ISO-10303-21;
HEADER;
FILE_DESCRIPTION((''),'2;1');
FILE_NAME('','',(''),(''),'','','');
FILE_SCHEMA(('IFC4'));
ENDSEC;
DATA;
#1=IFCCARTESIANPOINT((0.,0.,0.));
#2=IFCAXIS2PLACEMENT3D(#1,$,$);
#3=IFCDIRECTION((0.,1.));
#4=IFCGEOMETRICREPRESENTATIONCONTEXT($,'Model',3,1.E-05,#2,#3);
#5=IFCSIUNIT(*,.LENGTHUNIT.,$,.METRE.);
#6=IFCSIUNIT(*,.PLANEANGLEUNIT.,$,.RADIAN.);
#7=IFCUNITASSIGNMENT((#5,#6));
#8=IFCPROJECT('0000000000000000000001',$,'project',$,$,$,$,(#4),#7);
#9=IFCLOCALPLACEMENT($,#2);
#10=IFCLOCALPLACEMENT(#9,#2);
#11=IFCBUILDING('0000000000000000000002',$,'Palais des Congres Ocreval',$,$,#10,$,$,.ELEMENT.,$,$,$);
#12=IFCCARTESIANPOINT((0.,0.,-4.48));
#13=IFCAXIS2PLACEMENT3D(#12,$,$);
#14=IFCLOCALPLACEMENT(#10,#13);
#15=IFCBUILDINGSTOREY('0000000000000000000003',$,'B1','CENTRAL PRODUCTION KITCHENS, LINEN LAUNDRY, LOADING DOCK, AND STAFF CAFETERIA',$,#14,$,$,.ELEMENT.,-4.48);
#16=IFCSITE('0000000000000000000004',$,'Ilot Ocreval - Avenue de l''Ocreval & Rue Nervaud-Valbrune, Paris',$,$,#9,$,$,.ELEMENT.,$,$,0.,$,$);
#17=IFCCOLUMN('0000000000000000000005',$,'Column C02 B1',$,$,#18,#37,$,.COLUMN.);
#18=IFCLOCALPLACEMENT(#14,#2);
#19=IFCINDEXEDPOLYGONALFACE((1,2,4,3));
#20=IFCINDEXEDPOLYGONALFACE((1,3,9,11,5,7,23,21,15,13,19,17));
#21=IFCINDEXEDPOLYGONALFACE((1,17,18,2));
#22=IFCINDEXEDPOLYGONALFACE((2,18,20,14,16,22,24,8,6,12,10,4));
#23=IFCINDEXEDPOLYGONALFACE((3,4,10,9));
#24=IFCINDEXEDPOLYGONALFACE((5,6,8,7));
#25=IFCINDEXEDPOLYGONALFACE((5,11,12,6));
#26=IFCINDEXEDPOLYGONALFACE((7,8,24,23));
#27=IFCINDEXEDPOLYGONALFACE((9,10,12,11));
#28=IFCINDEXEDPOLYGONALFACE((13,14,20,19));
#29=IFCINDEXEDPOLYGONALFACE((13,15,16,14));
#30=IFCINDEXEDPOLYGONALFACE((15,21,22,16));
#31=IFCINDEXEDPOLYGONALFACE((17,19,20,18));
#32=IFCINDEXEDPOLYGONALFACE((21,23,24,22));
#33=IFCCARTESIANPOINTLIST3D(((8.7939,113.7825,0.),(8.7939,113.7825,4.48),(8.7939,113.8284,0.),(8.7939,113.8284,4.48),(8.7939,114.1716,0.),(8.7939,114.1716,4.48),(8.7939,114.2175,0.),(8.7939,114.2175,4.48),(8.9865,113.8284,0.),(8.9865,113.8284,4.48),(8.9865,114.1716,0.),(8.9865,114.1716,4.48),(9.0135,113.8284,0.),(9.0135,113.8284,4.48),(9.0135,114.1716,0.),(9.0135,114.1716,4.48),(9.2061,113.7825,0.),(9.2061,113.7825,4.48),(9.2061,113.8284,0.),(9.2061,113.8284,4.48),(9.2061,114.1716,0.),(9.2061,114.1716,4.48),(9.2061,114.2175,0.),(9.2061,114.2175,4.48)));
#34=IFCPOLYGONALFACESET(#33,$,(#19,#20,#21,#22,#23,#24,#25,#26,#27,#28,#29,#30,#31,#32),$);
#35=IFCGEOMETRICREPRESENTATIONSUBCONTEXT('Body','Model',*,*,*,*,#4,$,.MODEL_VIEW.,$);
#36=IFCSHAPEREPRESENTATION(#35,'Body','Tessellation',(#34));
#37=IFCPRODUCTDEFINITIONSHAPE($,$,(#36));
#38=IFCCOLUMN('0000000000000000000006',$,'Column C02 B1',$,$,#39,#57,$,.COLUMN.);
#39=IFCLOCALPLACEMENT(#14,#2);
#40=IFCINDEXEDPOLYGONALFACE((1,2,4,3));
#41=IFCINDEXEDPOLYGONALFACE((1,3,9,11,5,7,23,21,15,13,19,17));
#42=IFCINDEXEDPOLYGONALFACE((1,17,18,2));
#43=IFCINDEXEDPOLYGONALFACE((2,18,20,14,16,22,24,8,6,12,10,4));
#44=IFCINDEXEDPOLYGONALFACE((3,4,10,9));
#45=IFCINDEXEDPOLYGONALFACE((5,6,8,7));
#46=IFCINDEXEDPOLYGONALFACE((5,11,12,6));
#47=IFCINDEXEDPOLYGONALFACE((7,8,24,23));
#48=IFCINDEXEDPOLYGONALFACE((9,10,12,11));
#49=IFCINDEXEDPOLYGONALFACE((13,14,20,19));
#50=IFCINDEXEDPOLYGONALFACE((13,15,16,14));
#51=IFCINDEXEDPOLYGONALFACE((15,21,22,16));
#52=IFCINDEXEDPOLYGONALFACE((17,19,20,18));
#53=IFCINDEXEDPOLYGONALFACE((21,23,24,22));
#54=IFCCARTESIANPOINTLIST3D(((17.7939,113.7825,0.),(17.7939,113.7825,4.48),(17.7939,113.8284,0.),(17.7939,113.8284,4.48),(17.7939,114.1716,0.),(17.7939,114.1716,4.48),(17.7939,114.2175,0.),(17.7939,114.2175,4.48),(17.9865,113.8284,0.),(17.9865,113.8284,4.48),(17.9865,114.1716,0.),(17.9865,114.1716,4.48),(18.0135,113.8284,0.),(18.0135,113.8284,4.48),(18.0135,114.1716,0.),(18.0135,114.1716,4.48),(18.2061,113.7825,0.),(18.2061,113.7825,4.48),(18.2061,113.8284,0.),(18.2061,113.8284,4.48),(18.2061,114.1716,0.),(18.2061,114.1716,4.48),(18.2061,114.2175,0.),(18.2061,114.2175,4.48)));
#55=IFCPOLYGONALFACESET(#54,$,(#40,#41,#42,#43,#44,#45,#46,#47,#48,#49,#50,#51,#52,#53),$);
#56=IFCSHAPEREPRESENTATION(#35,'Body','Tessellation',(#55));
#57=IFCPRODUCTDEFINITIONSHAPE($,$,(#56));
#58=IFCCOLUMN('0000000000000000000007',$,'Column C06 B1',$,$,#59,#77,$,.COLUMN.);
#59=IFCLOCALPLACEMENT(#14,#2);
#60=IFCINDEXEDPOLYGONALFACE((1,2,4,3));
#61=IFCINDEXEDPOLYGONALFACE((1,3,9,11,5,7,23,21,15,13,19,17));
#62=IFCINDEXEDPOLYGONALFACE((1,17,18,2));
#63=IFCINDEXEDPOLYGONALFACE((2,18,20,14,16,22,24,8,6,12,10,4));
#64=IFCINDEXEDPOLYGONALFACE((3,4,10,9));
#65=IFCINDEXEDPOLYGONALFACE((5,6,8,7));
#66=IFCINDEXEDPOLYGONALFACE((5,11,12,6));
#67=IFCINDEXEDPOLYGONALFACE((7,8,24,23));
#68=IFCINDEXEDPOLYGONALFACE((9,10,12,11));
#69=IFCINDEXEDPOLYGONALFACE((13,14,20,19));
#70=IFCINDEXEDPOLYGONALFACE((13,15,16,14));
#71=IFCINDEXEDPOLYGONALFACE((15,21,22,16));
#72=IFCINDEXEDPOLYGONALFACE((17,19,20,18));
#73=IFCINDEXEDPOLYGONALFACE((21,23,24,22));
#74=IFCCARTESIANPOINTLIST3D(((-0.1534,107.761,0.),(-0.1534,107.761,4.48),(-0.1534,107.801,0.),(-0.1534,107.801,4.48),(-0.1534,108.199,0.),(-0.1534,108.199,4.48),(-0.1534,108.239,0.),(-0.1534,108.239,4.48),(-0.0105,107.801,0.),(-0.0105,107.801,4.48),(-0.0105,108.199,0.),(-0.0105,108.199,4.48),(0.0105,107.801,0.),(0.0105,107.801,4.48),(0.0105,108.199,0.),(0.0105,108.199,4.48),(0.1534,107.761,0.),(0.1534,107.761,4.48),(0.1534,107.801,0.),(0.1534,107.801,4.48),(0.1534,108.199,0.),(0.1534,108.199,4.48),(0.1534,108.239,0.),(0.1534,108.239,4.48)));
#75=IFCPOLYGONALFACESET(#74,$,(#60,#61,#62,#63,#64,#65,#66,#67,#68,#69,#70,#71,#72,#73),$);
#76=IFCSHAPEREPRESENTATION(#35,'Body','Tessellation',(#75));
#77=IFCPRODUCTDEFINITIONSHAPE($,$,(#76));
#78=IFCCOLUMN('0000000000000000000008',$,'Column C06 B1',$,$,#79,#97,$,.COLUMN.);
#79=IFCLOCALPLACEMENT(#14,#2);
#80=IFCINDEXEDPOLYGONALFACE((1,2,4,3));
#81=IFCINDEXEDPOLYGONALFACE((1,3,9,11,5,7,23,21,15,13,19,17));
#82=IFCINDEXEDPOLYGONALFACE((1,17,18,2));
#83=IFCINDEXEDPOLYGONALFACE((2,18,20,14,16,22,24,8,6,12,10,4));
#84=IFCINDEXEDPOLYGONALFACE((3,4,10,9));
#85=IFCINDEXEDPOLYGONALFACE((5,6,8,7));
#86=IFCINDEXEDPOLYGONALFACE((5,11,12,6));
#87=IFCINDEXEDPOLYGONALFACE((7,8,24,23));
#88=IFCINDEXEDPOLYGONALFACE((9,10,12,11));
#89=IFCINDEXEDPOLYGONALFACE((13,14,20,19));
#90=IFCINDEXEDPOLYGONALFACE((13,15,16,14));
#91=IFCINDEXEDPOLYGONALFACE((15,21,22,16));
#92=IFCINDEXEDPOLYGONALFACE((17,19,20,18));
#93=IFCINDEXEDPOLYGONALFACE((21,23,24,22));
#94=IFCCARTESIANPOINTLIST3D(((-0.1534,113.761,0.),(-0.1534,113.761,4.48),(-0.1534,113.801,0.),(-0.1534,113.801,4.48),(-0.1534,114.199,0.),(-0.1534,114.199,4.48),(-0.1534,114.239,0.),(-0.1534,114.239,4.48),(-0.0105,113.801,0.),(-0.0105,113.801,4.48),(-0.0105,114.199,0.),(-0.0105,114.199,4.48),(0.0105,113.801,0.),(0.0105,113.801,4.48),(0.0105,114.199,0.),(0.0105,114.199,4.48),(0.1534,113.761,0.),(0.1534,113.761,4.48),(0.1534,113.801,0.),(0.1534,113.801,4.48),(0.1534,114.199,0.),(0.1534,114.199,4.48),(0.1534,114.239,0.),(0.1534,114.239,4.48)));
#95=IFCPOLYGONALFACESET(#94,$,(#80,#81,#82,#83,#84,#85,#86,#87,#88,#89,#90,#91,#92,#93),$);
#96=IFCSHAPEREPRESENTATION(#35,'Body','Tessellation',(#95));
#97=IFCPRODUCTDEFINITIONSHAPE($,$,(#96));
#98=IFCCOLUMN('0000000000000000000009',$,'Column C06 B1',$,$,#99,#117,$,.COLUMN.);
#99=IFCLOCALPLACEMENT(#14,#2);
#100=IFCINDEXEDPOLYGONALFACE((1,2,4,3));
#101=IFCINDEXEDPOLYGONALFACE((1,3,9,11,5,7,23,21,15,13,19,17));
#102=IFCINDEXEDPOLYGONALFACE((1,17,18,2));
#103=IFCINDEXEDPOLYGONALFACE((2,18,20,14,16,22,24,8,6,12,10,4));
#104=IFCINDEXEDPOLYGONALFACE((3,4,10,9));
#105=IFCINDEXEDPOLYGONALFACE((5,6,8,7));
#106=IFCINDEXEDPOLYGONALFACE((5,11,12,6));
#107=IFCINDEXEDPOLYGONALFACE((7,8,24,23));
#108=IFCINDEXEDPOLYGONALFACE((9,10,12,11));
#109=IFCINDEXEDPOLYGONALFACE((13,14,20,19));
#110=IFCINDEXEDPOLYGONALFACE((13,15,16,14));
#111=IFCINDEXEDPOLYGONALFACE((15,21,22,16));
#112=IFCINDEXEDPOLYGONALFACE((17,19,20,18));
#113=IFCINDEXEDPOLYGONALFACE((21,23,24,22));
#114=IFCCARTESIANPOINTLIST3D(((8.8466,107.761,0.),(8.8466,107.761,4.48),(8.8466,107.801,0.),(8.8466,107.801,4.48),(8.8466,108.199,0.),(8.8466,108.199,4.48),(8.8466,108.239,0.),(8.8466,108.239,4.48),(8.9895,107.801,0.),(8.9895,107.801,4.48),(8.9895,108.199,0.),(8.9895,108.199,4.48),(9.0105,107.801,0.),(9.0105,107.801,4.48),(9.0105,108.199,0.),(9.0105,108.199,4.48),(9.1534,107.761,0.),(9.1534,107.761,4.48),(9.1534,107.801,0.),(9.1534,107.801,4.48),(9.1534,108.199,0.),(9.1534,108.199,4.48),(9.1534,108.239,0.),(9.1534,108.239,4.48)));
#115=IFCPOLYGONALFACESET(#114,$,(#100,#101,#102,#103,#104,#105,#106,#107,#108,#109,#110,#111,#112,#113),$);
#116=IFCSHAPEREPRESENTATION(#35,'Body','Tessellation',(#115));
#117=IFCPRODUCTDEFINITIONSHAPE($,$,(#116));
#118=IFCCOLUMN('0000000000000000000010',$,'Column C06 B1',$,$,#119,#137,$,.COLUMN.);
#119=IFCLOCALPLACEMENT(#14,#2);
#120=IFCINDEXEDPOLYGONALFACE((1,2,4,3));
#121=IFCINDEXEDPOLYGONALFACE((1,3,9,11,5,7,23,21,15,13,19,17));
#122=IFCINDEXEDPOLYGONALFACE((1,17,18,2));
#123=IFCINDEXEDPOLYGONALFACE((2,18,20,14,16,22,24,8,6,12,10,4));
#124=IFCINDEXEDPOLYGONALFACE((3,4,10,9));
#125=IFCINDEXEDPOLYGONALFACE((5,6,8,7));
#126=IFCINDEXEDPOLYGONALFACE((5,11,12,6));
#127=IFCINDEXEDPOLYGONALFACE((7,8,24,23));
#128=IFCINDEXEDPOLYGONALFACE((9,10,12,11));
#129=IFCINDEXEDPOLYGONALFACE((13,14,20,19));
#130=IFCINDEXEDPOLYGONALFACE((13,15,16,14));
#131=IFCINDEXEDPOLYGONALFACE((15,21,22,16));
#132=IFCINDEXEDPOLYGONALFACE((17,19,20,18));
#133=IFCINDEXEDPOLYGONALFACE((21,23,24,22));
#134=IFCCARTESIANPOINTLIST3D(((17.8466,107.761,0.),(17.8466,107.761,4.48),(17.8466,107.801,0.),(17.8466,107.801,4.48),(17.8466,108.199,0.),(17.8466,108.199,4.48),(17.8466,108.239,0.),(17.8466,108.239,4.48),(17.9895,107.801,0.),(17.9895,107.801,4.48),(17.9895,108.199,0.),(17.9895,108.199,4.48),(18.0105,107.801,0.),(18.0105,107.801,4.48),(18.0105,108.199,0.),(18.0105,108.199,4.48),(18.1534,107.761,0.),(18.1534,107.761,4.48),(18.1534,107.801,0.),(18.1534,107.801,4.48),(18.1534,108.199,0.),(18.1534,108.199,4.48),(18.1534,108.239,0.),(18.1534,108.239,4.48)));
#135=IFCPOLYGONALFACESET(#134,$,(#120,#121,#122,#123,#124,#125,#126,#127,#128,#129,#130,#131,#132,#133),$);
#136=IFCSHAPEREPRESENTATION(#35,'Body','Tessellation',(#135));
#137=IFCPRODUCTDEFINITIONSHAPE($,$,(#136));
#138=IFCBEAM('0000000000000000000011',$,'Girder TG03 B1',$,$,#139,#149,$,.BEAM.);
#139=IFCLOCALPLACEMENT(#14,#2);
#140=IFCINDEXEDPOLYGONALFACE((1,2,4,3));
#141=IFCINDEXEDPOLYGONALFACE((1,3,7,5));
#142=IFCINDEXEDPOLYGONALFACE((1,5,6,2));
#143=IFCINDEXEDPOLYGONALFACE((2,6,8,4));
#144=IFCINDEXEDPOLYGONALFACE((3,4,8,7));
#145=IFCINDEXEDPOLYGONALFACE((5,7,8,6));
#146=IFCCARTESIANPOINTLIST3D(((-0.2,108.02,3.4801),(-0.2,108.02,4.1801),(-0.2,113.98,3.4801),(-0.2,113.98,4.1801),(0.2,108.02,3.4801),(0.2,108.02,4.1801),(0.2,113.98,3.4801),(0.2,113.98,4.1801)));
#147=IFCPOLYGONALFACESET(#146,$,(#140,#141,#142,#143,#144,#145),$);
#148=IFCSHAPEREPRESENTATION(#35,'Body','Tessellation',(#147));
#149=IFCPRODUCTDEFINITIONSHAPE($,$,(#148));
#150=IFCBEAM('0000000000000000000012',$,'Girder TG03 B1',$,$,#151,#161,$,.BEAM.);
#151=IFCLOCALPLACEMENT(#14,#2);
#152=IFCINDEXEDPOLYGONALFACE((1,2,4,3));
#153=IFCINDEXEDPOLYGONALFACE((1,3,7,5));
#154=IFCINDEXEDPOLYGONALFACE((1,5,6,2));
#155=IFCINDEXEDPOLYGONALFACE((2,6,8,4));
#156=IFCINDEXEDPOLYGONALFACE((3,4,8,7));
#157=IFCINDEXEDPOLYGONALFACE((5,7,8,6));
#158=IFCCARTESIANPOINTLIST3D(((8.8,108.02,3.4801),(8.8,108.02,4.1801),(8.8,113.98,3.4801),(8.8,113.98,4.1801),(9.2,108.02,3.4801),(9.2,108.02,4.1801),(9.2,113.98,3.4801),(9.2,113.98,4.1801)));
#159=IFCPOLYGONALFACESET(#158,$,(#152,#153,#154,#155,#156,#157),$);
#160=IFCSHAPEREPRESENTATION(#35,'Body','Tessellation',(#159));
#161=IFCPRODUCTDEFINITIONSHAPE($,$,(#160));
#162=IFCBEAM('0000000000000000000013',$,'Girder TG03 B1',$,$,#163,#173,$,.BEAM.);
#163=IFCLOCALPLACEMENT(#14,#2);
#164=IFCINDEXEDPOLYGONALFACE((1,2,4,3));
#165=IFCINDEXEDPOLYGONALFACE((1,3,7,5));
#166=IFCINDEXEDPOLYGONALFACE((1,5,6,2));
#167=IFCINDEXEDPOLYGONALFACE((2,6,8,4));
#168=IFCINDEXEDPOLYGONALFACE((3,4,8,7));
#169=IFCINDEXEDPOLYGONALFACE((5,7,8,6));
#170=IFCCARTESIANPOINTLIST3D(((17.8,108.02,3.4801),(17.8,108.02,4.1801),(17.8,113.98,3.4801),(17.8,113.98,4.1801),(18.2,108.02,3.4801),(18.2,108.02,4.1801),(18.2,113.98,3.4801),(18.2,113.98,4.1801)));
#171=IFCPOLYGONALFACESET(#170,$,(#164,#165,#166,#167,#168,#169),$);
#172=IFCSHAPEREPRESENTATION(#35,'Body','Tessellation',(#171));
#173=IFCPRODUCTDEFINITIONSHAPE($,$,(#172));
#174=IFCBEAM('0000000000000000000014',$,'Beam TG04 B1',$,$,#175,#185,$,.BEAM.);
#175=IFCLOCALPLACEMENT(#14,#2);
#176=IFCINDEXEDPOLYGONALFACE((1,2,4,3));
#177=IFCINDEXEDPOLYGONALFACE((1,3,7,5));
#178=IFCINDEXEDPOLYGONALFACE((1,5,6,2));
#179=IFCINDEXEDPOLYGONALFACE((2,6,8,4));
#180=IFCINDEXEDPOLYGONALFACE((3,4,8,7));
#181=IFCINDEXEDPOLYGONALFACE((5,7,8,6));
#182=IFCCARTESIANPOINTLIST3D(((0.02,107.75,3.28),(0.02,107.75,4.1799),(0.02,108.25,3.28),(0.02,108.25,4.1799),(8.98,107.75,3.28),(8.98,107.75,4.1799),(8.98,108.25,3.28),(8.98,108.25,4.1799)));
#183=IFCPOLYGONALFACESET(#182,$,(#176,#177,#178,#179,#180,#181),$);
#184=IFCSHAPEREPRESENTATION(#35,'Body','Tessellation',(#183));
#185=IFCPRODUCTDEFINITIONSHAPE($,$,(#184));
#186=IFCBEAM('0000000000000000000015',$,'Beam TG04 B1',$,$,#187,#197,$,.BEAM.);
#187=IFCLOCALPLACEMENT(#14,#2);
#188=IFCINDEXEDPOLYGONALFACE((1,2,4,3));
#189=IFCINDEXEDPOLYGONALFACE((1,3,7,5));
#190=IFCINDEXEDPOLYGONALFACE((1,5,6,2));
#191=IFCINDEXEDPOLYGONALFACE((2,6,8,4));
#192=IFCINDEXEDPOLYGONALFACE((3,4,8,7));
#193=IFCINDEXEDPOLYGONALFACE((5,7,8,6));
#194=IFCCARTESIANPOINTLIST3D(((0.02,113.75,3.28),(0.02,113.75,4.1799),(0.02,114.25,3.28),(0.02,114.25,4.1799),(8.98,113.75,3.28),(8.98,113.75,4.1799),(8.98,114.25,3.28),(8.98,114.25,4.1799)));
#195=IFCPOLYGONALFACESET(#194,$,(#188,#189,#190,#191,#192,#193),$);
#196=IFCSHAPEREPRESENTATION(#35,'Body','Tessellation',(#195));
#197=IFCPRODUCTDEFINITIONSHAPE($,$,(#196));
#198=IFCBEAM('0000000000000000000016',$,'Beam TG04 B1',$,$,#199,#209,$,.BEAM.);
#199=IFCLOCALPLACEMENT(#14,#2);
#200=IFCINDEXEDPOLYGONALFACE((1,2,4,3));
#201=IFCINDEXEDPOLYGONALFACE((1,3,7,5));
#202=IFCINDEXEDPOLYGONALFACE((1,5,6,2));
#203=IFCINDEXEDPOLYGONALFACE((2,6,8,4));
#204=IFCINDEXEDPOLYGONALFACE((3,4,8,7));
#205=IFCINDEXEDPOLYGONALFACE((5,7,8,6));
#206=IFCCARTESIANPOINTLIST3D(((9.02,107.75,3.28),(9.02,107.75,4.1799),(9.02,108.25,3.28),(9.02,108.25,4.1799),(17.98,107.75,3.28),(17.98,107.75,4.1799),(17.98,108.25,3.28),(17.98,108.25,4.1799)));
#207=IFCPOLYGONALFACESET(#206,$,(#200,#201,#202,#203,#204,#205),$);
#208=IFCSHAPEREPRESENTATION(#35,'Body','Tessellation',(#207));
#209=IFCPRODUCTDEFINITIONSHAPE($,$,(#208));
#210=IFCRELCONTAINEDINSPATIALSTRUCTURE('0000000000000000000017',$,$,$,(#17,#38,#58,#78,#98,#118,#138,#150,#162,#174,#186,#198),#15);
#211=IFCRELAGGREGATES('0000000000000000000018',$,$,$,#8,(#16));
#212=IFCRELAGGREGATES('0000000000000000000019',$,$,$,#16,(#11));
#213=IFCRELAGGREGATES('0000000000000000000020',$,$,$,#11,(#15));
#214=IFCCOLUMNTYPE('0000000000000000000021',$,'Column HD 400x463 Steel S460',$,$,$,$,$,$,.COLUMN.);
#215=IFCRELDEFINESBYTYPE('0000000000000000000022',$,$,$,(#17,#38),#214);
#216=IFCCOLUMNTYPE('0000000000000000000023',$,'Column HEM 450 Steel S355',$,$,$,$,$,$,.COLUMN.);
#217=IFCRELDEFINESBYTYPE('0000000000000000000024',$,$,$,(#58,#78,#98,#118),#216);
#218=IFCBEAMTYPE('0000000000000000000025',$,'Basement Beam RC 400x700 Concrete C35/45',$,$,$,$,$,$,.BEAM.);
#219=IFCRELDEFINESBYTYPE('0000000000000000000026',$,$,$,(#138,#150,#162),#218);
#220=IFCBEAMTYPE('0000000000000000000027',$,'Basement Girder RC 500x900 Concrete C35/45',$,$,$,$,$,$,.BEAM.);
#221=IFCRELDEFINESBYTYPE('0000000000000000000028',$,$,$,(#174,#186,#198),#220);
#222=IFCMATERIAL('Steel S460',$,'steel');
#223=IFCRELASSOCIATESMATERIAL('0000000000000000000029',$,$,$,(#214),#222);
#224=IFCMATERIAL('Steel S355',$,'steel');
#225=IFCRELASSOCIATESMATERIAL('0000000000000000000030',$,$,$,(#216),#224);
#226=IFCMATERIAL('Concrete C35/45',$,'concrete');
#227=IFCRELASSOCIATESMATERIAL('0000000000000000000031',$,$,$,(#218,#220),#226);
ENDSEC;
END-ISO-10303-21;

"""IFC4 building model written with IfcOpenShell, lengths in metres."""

from ifc_helpers import new_model, si_unit, direction, frame, origin, origin_2d, place, context, subcontext, project, spatial, rectangle, i_section, extrude, material, material_profile, profile_set, type_object, element, save


model = new_model("IFC4")

# Units and contexts
model_context = context("Model", 3, precision=1e-05, world=origin(), true_north=direction((0.0, 1.0)))
body_context = subcontext(model_context, "Body", "Model", "MODEL_VIEW")
ifc_project = project(units=[si_unit("LENGTHUNIT", "METRE"), si_unit("PLANEANGLEUNIT", "RADIAN")], contexts=[model_context])

# Site, building, storey
site_placement = place(None, origin())
site = spatial("IfcSite", under=ifc_project, at=site_placement, Name="Ilot Ocreval - Avenue de l'Ocreval & Rue Nervaud-Valbrune, Paris", CompositionType="ELEMENT", RefElevation=0.0)
building_placement = place(site_placement, origin())
building = spatial("IfcBuilding", under=site, at=building_placement, Name="Palais des Congres Ocreval", CompositionType="ELEMENT")
storey_placement = place(building_placement, frame((0.0, 0.0, -4.48)))
storey = spatial("IfcBuildingStorey", under=building, at=storey_placement, Name="B1", Description="CENTRAL PRODUCTION KITCHENS, LINEN LAUNDRY, LOADING DOCK, AND STAFF CAFETERIA", CompositionType="ELEMENT", Elevation=-4.48)

# Columns
ifc_material_1 = material(Name="Steel S460", Category="steel")
ifc_material_profile_1 = material_profile(ifc_material_1, i_section(OverallWidth=0.4121, OverallDepth=0.4351, WebThickness=0.0271, FlangeThickness=0.0459, at=origin_2d()), Name="HD 400x463")
ifc_profile_set_1 = profile_set([ifc_material_profile_1], Name="Steel S460")
column_type_1 = type_object("IfcColumnType", Name="Column HD 400x463 Steel S460", PredefinedType="COLUMN", material=ifc_profile_set_1)
for number, where, z_axis, x_axis, name in (
    (1, (9.0, 114.0, 0.0), (0.0, 0.0, 1.0), (1.0, 0.0, 0.0), "Column C02 B1"),
    (2, (18.0, 114.0, 0.0), (0.0, 0.0, 1.0), (1.0, 0.0, 0.0), "Column C02 B1"),
):
    element("IfcColumn", number, at=place(storey_placement, frame(where, z_axis=z_axis, x_axis=x_axis)), inside=storey, type_object=column_type_1, Name=name, PredefinedType="COLUMN", context=body_context, shape_type="SweptSolid", body=[
        extrude(i_section(OverallWidth=0.4121, OverallDepth=0.4351, WebThickness=0.0271, FlangeThickness=0.0459, at=origin_2d()), origin(), (0.0, 0.0, 1.0), 4.48),
    ])
ifc_material_2 = material(Name="Steel S355", Category="steel")
ifc_material_profile_2 = material_profile(ifc_material_2, i_section(OverallWidth=0.3069, OverallDepth=0.478, WebThickness=0.021, FlangeThickness=0.04, at=origin_2d()), Name="HEM 450")
ifc_profile_set_2 = profile_set([ifc_material_profile_2], Name="Steel S355")
column_type_2 = type_object("IfcColumnType", Name="Column HEM 450 Steel S355", PredefinedType="COLUMN", material=ifc_profile_set_2)
for number, where, z_axis, x_axis, name in (
    (3, (0.0, 108.0, 0.0), (0.0, 0.0, 1.0), (1.0, 0.0, 0.0), "Column C06 B1"),
    (4, (0.0, 114.0, 0.0), (0.0, 0.0, 1.0), (1.0, 0.0, 0.0), "Column C06 B1"),
    (5, (9.0, 108.0, 0.0), (0.0, 0.0, 1.0), (1.0, 0.0, 0.0), "Column C06 B1"),
    (6, (18.0, 108.0, 0.0), (0.0, 0.0, 1.0), (1.0, 0.0, 0.0), "Column C06 B1"),
):
    element("IfcColumn", number, at=place(storey_placement, frame(where, z_axis=z_axis, x_axis=x_axis)), inside=storey, type_object=column_type_2, Name=name, PredefinedType="COLUMN", context=body_context, shape_type="SweptSolid", body=[
        extrude(i_section(OverallWidth=0.3069, OverallDepth=0.478, WebThickness=0.021, FlangeThickness=0.04, at=origin_2d()), origin(), (0.0, 0.0, 1.0), 4.48),
    ])

# Beams
ifc_material_3 = material(Name="Concrete C35/45", Category="concrete")
ifc_material_profile_3 = material_profile(ifc_material_3, rectangle(XDim=0.3999, YDim=0.7, at=origin_2d()), Name="RC 400x700")
ifc_profile_set_3 = profile_set([ifc_material_profile_3], Name="Concrete C35/45")
beam_type_1 = type_object("IfcBeamType", Name="Basement Beam RC 400x700 Concrete C35/45", PredefinedType="BEAM", material=ifc_profile_set_3)
for number, where, z_axis, x_axis, name in (
    (7, (0.0, 108.02, 3.8301), (0.0, 1.0, 0.0), (-1.0, 0.0, 0.0), "Girder TG03 B1"),
    (8, (9.0, 108.02, 3.8301), (0.0, 1.0, 0.0), (-1.0, 0.0, 0.0), "Girder TG03 B1"),
    (9, (18.0, 108.02, 3.8301), (0.0, 1.0, 0.0), (-1.0, 0.0, 0.0), "Girder TG03 B1"),
):
    element("IfcBeam", number, at=place(storey_placement, frame(where, z_axis=z_axis, x_axis=x_axis)), inside=storey, type_object=beam_type_1, Name=name, PredefinedType="BEAM", context=body_context, shape_type="SweptSolid", body=[
        extrude(rectangle(XDim=0.3999, YDim=0.7, at=origin_2d()), origin(), (0.0, 0.0, 1.0), 5.96),
    ])
ifc_material_profile_4 = material_profile(ifc_material_3, rectangle(XDim=0.5, YDim=0.8999, at=origin_2d()), Name="RC 500x900")
ifc_profile_set_4 = profile_set([ifc_material_profile_4], Name="Concrete C35/45")
beam_type_2 = type_object("IfcBeamType", Name="Basement Girder RC 500x900 Concrete C35/45", PredefinedType="BEAM", material=ifc_profile_set_4)
for number, where, z_axis, x_axis, name in (
    (10, (0.02, 108.0, 3.73), (1.0, 0.0, 0.0), (0.0, 1.0, 0.0), "Beam TG04 B1"),
    (11, (0.02, 114.0, 3.73), (1.0, 0.0, 0.0), (0.0, 1.0, 0.0), "Beam TG04 B1"),
    (12, (9.02, 108.0, 3.73), (1.0, 0.0, 0.0), (0.0, 1.0, 0.0), "Beam TG04 B1"),
):
    element("IfcBeam", number, at=place(storey_placement, frame(where, z_axis=z_axis, x_axis=x_axis)), inside=storey, type_object=beam_type_2, Name=name, PredefinedType="BEAM", context=body_context, shape_type="SweptSolid", body=[
        extrude(rectangle(XDim=0.5, YDim=0.8999, at=origin_2d()), origin(), (0.0, 0.0, 1.0), 8.96),
    ])

save(model, "model.ifc")
